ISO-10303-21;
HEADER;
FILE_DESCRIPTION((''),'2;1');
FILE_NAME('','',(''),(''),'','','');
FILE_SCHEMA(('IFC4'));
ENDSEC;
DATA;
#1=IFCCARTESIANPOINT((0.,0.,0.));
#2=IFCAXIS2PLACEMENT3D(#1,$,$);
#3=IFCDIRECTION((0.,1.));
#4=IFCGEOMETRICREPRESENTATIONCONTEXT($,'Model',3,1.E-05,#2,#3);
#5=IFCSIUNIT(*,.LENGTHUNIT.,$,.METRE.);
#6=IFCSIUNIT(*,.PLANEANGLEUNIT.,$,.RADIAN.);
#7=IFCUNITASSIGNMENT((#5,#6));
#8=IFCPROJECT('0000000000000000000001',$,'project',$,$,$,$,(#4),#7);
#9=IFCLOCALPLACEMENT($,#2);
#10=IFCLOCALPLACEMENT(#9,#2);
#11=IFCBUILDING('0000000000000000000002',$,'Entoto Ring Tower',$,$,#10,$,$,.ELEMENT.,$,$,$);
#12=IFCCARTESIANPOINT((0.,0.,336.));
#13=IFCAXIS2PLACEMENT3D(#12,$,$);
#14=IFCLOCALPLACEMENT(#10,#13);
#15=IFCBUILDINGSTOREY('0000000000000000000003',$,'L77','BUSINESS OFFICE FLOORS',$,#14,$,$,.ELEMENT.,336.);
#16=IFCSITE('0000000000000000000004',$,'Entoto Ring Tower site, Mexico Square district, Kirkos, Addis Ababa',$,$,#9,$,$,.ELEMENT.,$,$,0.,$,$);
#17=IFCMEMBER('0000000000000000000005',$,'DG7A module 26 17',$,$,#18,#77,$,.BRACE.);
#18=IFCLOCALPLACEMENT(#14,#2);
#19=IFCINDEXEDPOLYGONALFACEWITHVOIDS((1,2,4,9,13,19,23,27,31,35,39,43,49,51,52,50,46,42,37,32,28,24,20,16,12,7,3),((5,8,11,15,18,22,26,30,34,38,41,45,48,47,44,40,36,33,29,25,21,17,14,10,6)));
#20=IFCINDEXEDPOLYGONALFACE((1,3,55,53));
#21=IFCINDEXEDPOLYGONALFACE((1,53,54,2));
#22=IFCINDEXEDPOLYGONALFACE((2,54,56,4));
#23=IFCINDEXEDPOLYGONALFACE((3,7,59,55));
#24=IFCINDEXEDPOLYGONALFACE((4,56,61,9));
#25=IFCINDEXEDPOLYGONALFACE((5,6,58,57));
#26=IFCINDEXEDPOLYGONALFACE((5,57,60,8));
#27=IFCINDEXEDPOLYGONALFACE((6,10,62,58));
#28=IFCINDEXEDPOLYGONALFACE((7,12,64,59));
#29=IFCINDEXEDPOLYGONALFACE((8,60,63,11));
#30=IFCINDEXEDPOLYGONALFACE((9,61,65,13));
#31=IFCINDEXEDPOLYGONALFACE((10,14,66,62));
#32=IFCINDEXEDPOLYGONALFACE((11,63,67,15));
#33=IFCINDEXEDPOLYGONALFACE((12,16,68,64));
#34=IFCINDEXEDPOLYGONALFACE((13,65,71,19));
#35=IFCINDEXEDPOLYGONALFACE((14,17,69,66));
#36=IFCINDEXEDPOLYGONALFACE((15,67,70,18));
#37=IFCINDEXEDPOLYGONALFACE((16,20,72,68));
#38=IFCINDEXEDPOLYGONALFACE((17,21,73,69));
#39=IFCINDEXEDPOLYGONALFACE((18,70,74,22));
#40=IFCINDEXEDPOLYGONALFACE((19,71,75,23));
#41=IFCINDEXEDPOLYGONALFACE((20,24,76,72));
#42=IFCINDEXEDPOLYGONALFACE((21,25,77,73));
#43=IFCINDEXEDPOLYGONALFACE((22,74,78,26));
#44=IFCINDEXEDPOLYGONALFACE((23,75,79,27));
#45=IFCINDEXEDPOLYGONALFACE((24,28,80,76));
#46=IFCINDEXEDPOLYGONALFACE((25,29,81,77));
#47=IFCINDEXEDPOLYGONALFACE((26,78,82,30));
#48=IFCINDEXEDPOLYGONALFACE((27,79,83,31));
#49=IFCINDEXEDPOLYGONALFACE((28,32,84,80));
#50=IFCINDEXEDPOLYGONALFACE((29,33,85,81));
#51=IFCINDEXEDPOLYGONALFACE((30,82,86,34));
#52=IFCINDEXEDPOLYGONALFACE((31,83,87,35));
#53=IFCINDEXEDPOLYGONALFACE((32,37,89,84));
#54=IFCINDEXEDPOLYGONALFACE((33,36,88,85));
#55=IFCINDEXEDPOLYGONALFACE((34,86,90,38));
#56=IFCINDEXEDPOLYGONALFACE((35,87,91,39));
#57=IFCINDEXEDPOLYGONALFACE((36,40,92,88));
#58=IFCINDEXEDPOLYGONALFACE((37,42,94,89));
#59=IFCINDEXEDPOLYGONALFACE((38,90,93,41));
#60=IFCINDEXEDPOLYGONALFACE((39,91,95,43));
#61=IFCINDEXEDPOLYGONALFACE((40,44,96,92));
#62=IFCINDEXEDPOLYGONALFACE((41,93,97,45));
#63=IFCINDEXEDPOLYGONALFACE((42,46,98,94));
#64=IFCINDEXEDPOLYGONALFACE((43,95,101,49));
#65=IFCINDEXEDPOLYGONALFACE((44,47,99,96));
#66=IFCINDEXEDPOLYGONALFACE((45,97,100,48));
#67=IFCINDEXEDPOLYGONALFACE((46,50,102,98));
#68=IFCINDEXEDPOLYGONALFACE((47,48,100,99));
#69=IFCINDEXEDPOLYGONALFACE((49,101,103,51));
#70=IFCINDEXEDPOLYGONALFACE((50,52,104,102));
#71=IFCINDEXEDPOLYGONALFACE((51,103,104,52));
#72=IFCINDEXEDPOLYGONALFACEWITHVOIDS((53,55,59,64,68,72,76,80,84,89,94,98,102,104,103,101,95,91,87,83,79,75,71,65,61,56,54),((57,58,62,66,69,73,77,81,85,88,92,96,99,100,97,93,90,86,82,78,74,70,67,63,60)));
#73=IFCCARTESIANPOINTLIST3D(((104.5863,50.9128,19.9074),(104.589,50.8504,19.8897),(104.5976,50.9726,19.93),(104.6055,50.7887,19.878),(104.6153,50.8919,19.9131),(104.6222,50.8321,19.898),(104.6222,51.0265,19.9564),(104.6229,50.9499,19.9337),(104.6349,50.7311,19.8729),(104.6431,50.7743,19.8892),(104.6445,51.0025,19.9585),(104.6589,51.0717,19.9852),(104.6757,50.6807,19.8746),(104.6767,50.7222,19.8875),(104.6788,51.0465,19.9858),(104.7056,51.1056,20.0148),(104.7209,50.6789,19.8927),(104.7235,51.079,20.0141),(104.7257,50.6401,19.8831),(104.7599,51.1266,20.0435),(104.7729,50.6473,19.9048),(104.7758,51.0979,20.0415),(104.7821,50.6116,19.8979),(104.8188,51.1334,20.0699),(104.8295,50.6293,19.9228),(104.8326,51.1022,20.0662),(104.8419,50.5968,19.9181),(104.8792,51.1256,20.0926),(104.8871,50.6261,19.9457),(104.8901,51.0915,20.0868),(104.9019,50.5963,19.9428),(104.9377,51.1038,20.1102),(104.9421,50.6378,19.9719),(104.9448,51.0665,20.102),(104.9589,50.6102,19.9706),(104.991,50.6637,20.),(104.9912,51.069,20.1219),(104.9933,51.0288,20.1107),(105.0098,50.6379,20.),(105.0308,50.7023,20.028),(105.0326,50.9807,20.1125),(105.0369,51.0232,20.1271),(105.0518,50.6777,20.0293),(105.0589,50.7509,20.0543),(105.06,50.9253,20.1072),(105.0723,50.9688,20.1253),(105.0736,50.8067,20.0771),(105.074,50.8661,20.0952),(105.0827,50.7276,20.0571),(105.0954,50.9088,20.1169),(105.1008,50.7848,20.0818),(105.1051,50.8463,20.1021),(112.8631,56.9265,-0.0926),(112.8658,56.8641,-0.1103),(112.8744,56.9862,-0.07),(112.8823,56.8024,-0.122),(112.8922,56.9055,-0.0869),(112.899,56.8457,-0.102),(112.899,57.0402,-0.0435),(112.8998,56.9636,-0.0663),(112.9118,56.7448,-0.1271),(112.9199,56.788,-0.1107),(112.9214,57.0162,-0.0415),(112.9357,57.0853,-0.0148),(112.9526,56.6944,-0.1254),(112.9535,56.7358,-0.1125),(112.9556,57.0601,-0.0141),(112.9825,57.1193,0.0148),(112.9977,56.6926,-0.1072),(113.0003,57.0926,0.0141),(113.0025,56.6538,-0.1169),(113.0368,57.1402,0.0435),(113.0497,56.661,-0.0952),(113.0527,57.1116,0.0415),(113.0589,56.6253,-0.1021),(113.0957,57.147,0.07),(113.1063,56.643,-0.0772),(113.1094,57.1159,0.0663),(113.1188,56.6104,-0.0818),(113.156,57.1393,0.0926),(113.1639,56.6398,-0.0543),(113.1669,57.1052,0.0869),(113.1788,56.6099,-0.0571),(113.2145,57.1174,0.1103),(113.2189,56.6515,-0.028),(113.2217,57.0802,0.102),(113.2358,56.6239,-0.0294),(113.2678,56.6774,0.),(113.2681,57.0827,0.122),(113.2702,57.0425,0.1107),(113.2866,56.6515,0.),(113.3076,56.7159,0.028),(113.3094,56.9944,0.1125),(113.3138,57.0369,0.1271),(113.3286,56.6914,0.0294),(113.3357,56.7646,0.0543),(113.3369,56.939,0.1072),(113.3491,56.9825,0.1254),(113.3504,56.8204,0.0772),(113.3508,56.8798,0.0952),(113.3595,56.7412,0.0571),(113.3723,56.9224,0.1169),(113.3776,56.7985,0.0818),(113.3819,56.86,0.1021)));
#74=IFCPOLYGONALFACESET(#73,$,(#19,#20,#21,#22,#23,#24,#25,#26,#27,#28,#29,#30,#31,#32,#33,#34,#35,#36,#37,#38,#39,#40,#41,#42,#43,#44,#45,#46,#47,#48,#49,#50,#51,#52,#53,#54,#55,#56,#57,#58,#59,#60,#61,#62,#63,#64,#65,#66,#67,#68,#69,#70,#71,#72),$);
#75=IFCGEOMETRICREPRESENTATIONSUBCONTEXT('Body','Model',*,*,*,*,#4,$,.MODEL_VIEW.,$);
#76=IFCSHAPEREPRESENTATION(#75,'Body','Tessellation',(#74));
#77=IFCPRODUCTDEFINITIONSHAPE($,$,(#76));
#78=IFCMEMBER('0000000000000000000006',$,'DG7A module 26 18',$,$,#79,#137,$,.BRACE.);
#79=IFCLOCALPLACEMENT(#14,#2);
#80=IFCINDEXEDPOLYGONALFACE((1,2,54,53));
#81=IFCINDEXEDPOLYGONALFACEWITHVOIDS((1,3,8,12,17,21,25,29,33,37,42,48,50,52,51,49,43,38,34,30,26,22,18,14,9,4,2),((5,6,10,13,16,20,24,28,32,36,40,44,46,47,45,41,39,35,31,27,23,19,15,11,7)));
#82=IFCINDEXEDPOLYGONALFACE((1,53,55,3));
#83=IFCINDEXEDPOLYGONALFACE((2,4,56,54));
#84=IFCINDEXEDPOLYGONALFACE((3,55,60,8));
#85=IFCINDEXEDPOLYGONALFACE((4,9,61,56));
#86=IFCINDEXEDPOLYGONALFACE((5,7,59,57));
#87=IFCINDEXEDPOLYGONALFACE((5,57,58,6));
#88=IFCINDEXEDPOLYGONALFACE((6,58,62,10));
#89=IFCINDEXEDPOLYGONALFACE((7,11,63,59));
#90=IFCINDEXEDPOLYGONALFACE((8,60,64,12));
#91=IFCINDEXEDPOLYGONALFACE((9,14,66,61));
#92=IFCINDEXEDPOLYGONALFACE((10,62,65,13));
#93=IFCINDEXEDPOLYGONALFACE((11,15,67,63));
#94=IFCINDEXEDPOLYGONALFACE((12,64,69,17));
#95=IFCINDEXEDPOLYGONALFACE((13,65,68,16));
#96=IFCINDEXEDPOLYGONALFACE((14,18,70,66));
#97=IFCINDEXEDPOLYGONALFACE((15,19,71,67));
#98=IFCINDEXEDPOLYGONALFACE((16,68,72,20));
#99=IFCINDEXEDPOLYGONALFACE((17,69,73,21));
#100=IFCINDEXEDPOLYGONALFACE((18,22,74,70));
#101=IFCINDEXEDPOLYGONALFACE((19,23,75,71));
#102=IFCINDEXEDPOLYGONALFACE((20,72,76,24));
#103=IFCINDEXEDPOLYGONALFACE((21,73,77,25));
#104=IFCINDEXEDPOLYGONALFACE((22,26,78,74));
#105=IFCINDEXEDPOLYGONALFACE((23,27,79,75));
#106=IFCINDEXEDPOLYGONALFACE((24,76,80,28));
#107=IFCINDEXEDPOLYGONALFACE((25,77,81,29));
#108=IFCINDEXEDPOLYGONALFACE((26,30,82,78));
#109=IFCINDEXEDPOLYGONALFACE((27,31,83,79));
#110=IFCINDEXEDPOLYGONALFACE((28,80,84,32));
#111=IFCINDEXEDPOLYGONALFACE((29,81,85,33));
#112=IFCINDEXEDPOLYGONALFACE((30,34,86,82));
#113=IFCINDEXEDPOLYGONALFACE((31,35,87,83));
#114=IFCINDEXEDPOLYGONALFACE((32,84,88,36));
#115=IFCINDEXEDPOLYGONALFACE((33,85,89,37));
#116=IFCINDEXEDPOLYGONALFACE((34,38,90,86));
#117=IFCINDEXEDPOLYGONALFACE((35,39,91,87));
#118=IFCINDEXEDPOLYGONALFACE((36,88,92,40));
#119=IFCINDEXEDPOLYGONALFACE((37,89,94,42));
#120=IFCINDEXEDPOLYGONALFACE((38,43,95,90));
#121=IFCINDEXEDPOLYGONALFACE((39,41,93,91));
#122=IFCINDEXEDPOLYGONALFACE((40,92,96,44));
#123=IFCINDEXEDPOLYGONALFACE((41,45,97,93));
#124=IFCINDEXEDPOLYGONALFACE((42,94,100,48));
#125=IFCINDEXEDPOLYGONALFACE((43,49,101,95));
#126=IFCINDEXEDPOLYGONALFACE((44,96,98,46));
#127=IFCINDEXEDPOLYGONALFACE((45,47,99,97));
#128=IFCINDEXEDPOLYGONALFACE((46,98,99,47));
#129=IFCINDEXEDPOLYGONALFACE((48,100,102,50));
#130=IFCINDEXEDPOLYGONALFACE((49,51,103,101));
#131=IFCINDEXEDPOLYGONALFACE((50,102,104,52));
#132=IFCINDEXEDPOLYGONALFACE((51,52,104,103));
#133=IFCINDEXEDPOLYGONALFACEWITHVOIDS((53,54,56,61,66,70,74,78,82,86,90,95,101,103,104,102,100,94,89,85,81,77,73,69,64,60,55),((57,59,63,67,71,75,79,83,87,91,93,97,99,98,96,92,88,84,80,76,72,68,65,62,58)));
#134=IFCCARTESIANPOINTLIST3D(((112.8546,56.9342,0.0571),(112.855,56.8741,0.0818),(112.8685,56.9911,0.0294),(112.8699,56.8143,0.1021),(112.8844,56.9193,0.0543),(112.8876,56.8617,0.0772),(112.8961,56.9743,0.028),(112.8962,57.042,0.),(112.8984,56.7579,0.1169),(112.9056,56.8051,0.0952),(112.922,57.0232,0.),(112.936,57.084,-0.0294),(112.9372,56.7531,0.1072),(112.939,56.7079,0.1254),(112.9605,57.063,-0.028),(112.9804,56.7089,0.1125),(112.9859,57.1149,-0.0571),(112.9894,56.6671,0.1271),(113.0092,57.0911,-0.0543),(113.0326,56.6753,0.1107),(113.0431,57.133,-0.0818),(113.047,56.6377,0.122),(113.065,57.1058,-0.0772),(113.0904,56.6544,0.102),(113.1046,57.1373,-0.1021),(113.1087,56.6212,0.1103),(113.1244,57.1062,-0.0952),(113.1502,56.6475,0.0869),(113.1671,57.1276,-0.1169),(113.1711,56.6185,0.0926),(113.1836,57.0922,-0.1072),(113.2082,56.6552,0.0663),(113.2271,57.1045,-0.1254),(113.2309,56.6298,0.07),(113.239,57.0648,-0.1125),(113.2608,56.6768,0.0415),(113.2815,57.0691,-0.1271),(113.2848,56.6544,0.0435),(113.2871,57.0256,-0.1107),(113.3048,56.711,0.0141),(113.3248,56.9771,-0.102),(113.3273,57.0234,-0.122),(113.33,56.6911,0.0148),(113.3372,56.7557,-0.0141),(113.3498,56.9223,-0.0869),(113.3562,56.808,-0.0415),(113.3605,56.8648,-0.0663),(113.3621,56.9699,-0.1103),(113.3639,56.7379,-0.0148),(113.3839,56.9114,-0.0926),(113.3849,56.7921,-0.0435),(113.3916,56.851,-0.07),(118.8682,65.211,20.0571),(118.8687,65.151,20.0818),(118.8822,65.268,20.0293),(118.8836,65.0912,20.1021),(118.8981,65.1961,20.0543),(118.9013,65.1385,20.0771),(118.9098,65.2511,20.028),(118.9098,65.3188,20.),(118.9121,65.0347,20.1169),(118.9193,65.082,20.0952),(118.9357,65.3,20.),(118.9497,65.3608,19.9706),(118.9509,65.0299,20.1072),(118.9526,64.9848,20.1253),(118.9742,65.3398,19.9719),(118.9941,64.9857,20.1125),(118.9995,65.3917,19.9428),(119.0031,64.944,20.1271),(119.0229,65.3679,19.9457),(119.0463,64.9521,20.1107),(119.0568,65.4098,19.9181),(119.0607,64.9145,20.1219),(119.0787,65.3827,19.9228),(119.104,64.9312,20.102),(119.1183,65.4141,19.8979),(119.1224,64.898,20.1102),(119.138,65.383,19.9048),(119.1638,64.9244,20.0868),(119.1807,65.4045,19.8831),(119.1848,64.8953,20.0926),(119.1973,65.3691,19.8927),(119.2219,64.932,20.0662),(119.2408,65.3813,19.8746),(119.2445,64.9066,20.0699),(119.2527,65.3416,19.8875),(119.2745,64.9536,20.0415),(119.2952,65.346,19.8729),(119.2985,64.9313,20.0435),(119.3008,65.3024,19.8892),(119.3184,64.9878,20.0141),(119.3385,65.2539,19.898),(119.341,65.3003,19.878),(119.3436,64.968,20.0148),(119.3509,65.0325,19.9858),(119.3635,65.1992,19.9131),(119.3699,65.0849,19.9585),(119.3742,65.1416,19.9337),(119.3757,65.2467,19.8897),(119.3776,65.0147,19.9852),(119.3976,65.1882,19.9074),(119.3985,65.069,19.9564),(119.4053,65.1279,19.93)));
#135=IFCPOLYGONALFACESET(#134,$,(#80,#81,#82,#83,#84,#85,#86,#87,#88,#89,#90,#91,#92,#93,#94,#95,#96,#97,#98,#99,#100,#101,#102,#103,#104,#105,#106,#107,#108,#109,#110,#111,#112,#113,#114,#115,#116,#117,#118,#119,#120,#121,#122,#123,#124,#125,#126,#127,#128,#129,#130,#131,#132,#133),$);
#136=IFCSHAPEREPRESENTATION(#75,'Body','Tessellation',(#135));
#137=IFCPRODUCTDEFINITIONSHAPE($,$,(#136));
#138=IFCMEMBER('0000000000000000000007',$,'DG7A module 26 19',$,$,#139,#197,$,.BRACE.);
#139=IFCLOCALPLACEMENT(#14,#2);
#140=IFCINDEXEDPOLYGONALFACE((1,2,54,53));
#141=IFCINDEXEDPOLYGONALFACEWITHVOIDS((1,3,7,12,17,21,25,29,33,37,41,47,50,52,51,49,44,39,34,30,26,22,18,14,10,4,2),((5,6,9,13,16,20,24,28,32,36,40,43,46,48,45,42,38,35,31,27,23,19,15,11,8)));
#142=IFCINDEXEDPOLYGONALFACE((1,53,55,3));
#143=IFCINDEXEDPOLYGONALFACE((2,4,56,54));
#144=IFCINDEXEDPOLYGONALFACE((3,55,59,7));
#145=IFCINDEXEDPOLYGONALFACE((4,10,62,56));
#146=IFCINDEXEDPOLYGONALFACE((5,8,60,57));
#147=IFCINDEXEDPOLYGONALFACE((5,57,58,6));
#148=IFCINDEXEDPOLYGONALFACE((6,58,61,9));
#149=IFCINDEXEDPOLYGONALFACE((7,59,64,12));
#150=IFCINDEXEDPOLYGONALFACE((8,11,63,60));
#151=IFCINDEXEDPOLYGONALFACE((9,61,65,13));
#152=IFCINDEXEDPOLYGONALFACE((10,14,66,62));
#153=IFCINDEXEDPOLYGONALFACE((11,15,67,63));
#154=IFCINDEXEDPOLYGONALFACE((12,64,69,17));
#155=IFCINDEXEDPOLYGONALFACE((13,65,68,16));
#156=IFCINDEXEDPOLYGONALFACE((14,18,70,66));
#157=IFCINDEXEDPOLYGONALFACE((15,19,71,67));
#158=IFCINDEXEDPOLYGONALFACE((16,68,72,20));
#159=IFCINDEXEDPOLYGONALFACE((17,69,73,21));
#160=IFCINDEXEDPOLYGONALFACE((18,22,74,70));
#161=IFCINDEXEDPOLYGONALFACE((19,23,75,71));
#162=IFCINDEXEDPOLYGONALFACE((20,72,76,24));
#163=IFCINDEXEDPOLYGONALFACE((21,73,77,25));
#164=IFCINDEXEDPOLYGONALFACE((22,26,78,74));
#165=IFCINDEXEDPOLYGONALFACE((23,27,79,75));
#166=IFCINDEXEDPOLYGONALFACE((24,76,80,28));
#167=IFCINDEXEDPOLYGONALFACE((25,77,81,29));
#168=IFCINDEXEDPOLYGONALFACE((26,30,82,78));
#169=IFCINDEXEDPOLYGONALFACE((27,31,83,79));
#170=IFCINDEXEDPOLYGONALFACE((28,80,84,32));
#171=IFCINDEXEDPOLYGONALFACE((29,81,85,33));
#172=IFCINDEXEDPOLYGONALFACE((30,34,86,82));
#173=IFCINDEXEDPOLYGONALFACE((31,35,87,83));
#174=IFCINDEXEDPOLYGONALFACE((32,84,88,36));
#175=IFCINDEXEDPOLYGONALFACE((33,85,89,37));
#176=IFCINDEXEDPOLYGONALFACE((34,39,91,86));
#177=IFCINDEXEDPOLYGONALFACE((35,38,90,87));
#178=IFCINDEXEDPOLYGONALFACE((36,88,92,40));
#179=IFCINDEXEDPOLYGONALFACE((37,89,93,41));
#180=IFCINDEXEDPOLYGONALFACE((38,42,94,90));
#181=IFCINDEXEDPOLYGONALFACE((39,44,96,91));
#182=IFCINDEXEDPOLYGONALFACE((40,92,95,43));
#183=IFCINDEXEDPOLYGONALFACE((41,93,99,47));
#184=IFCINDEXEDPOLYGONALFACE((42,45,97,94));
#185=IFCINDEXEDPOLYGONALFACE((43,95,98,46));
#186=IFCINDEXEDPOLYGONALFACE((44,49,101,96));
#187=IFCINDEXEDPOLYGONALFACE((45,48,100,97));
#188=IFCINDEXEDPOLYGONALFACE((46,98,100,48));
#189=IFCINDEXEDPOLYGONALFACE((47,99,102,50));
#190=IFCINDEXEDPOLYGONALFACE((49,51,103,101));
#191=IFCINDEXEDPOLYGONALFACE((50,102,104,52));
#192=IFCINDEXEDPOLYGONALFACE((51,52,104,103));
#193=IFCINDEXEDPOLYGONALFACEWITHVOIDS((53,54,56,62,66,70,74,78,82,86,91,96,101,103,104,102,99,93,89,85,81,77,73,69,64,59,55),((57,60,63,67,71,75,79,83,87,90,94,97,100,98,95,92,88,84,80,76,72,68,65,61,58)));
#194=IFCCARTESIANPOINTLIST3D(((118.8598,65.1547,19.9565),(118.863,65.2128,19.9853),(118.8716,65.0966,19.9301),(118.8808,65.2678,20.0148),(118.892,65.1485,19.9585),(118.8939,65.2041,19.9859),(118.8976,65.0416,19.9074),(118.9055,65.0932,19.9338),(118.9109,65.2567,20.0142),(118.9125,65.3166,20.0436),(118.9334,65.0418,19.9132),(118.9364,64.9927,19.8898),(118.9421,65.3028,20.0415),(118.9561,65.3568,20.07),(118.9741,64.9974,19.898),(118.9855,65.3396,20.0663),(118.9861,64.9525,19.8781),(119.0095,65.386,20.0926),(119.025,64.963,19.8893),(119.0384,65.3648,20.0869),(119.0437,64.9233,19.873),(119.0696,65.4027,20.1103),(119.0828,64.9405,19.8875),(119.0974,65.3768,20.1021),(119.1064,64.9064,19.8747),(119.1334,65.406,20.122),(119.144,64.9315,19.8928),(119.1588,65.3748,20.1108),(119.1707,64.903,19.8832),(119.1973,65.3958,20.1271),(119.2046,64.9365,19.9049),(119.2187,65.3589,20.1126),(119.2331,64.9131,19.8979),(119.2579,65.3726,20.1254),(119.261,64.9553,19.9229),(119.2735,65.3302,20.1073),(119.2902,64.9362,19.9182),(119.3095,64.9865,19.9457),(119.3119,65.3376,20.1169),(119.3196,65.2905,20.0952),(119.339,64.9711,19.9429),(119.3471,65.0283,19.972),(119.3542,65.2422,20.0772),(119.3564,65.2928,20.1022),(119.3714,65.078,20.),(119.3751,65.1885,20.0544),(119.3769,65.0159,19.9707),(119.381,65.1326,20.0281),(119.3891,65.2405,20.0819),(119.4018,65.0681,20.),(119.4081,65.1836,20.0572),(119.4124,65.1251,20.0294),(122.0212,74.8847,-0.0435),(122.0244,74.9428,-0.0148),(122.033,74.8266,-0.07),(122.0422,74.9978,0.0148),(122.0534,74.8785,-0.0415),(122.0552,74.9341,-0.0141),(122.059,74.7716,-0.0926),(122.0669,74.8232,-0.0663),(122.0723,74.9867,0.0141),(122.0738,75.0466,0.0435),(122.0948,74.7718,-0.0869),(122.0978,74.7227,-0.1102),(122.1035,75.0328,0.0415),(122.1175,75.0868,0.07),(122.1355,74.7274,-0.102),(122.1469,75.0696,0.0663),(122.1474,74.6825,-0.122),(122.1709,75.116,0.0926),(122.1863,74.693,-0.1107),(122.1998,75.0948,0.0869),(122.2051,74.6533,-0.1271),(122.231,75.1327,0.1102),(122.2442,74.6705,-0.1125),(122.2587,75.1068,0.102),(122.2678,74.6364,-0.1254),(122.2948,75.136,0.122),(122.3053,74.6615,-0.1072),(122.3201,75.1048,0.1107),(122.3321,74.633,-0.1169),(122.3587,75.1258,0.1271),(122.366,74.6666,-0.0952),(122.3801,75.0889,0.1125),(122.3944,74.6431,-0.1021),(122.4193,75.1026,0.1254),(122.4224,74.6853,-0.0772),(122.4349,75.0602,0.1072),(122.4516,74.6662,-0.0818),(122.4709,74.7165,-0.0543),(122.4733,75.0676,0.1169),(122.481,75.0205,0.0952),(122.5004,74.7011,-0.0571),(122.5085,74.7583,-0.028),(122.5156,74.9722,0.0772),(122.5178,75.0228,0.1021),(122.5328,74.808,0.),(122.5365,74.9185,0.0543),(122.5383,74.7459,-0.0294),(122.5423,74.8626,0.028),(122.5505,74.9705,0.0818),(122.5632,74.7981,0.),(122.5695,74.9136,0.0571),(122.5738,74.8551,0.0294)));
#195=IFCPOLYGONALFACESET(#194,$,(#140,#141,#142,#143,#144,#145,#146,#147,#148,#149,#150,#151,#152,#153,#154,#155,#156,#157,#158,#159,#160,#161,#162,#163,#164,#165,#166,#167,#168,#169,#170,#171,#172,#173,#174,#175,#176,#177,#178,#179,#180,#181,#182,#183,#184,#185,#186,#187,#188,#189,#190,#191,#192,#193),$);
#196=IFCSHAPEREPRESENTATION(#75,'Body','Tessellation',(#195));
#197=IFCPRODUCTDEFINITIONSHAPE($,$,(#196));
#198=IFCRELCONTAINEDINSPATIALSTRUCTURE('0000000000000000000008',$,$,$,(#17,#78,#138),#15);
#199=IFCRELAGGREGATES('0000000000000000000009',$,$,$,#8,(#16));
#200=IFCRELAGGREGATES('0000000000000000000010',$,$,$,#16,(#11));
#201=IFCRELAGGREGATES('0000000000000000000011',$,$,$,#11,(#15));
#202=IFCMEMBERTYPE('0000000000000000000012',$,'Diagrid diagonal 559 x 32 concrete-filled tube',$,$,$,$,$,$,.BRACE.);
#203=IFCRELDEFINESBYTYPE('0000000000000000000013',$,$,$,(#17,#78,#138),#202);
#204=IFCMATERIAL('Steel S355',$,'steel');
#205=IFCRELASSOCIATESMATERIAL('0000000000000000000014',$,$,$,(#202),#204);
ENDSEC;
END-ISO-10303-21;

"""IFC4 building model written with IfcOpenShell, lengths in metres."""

from ifc_helpers import new_model, si_unit, direction, frame, origin, origin_2d, place, context, subcontext, project, spatial, circle, hollow_circle, extrude, material, material_profile, profile_set, type_object, element, save


model = new_model("IFC4")

# Units and contexts
model_context = context("Model", 3, precision=1e-05, world=origin(), true_north=direction((0.0, 1.0)))
body_context = subcontext(model_context, "Body", "Model", "MODEL_VIEW")
ifc_project = project(units=[si_unit("LENGTHUNIT", "METRE"), si_unit("PLANEANGLEUNIT", "RADIAN")], contexts=[model_context])

# Site, building, storey
site_placement = place(None, origin())
site = spatial("IfcSite", under=ifc_project, at=site_placement, Name="Entoto Ring Tower site, Mexico Square district, Kirkos, Addis Ababa", CompositionType="ELEMENT", RefElevation=0.0)
building_placement = place(site_placement, origin())
building = spatial("IfcBuilding", under=site, at=building_placement, Name="Entoto Ring Tower", CompositionType="ELEMENT")
storey_placement = place(building_placement, frame((0.0, 0.0, 336.0)))
storey = spatial("IfcBuildingStorey", under=building, at=storey_placement, Name="L77", Description="BUSINESS OFFICE FLOORS", CompositionType="ELEMENT", Elevation=336.0)

# Members
ifc_material_1 = material(Name="Steel S355", Category="steel")
ifc_material_profile_1 = material_profile(ifc_material_1, hollow_circle(Radius=0.2795, WallThickness=0.032, at=origin_2d()), Name="CHS 559 x 32")
ifc_material_2 = material(Name="Concrete C60/75", Category="concrete")
ifc_material_profile_2 = material_profile(ifc_material_2, circle(Radius=0.2476, at=origin_2d()), Name="Concrete C60/75 infill")
ifc_profile_set_1 = profile_set([ifc_material_profile_1, ifc_material_profile_2], Name="Steel S355")
member_type_1 = type_object("IfcMemberType", Name="Diagrid diagonal 559 x 32 concrete-filled tube", PredefinedType="BRACE", material=ifc_profile_set_1)
for number, where, z_axis, x_axis, name in (
    (1, (113.1223, 56.8777, 0.0), (-0.368435, -0.267692, 0.890279), (0.587797, -0.809008, 0.0), "DG7A module 26 17"),
    (2, (113.1223, 56.8777, 0.0), (0.267692, 0.368435, 0.890279), (-0.809008, 0.587797, 0.0), "DG7A module 26 18"),
    (3, (122.2974, 74.8845, 0.0), (-0.140726, -0.433121, 0.890282), (0.951059, -0.309009, 0.0), "DG7A module 26 19"),
):
    element("IfcMember", number, at=place(storey_placement, frame(where, z_axis=z_axis, x_axis=x_axis)), inside=storey, type_object=member_type_1, Name=name, PredefinedType="BRACE", context=body_context, shape_type="SweptSolid", body=[
        extrude(hollow_circle(Radius=0.2795, WallThickness=0.032, at=origin_2d()), origin(), (0.0, 0.0, 1.0), 22.4648),
    ])

save(model, "model.ifc")
